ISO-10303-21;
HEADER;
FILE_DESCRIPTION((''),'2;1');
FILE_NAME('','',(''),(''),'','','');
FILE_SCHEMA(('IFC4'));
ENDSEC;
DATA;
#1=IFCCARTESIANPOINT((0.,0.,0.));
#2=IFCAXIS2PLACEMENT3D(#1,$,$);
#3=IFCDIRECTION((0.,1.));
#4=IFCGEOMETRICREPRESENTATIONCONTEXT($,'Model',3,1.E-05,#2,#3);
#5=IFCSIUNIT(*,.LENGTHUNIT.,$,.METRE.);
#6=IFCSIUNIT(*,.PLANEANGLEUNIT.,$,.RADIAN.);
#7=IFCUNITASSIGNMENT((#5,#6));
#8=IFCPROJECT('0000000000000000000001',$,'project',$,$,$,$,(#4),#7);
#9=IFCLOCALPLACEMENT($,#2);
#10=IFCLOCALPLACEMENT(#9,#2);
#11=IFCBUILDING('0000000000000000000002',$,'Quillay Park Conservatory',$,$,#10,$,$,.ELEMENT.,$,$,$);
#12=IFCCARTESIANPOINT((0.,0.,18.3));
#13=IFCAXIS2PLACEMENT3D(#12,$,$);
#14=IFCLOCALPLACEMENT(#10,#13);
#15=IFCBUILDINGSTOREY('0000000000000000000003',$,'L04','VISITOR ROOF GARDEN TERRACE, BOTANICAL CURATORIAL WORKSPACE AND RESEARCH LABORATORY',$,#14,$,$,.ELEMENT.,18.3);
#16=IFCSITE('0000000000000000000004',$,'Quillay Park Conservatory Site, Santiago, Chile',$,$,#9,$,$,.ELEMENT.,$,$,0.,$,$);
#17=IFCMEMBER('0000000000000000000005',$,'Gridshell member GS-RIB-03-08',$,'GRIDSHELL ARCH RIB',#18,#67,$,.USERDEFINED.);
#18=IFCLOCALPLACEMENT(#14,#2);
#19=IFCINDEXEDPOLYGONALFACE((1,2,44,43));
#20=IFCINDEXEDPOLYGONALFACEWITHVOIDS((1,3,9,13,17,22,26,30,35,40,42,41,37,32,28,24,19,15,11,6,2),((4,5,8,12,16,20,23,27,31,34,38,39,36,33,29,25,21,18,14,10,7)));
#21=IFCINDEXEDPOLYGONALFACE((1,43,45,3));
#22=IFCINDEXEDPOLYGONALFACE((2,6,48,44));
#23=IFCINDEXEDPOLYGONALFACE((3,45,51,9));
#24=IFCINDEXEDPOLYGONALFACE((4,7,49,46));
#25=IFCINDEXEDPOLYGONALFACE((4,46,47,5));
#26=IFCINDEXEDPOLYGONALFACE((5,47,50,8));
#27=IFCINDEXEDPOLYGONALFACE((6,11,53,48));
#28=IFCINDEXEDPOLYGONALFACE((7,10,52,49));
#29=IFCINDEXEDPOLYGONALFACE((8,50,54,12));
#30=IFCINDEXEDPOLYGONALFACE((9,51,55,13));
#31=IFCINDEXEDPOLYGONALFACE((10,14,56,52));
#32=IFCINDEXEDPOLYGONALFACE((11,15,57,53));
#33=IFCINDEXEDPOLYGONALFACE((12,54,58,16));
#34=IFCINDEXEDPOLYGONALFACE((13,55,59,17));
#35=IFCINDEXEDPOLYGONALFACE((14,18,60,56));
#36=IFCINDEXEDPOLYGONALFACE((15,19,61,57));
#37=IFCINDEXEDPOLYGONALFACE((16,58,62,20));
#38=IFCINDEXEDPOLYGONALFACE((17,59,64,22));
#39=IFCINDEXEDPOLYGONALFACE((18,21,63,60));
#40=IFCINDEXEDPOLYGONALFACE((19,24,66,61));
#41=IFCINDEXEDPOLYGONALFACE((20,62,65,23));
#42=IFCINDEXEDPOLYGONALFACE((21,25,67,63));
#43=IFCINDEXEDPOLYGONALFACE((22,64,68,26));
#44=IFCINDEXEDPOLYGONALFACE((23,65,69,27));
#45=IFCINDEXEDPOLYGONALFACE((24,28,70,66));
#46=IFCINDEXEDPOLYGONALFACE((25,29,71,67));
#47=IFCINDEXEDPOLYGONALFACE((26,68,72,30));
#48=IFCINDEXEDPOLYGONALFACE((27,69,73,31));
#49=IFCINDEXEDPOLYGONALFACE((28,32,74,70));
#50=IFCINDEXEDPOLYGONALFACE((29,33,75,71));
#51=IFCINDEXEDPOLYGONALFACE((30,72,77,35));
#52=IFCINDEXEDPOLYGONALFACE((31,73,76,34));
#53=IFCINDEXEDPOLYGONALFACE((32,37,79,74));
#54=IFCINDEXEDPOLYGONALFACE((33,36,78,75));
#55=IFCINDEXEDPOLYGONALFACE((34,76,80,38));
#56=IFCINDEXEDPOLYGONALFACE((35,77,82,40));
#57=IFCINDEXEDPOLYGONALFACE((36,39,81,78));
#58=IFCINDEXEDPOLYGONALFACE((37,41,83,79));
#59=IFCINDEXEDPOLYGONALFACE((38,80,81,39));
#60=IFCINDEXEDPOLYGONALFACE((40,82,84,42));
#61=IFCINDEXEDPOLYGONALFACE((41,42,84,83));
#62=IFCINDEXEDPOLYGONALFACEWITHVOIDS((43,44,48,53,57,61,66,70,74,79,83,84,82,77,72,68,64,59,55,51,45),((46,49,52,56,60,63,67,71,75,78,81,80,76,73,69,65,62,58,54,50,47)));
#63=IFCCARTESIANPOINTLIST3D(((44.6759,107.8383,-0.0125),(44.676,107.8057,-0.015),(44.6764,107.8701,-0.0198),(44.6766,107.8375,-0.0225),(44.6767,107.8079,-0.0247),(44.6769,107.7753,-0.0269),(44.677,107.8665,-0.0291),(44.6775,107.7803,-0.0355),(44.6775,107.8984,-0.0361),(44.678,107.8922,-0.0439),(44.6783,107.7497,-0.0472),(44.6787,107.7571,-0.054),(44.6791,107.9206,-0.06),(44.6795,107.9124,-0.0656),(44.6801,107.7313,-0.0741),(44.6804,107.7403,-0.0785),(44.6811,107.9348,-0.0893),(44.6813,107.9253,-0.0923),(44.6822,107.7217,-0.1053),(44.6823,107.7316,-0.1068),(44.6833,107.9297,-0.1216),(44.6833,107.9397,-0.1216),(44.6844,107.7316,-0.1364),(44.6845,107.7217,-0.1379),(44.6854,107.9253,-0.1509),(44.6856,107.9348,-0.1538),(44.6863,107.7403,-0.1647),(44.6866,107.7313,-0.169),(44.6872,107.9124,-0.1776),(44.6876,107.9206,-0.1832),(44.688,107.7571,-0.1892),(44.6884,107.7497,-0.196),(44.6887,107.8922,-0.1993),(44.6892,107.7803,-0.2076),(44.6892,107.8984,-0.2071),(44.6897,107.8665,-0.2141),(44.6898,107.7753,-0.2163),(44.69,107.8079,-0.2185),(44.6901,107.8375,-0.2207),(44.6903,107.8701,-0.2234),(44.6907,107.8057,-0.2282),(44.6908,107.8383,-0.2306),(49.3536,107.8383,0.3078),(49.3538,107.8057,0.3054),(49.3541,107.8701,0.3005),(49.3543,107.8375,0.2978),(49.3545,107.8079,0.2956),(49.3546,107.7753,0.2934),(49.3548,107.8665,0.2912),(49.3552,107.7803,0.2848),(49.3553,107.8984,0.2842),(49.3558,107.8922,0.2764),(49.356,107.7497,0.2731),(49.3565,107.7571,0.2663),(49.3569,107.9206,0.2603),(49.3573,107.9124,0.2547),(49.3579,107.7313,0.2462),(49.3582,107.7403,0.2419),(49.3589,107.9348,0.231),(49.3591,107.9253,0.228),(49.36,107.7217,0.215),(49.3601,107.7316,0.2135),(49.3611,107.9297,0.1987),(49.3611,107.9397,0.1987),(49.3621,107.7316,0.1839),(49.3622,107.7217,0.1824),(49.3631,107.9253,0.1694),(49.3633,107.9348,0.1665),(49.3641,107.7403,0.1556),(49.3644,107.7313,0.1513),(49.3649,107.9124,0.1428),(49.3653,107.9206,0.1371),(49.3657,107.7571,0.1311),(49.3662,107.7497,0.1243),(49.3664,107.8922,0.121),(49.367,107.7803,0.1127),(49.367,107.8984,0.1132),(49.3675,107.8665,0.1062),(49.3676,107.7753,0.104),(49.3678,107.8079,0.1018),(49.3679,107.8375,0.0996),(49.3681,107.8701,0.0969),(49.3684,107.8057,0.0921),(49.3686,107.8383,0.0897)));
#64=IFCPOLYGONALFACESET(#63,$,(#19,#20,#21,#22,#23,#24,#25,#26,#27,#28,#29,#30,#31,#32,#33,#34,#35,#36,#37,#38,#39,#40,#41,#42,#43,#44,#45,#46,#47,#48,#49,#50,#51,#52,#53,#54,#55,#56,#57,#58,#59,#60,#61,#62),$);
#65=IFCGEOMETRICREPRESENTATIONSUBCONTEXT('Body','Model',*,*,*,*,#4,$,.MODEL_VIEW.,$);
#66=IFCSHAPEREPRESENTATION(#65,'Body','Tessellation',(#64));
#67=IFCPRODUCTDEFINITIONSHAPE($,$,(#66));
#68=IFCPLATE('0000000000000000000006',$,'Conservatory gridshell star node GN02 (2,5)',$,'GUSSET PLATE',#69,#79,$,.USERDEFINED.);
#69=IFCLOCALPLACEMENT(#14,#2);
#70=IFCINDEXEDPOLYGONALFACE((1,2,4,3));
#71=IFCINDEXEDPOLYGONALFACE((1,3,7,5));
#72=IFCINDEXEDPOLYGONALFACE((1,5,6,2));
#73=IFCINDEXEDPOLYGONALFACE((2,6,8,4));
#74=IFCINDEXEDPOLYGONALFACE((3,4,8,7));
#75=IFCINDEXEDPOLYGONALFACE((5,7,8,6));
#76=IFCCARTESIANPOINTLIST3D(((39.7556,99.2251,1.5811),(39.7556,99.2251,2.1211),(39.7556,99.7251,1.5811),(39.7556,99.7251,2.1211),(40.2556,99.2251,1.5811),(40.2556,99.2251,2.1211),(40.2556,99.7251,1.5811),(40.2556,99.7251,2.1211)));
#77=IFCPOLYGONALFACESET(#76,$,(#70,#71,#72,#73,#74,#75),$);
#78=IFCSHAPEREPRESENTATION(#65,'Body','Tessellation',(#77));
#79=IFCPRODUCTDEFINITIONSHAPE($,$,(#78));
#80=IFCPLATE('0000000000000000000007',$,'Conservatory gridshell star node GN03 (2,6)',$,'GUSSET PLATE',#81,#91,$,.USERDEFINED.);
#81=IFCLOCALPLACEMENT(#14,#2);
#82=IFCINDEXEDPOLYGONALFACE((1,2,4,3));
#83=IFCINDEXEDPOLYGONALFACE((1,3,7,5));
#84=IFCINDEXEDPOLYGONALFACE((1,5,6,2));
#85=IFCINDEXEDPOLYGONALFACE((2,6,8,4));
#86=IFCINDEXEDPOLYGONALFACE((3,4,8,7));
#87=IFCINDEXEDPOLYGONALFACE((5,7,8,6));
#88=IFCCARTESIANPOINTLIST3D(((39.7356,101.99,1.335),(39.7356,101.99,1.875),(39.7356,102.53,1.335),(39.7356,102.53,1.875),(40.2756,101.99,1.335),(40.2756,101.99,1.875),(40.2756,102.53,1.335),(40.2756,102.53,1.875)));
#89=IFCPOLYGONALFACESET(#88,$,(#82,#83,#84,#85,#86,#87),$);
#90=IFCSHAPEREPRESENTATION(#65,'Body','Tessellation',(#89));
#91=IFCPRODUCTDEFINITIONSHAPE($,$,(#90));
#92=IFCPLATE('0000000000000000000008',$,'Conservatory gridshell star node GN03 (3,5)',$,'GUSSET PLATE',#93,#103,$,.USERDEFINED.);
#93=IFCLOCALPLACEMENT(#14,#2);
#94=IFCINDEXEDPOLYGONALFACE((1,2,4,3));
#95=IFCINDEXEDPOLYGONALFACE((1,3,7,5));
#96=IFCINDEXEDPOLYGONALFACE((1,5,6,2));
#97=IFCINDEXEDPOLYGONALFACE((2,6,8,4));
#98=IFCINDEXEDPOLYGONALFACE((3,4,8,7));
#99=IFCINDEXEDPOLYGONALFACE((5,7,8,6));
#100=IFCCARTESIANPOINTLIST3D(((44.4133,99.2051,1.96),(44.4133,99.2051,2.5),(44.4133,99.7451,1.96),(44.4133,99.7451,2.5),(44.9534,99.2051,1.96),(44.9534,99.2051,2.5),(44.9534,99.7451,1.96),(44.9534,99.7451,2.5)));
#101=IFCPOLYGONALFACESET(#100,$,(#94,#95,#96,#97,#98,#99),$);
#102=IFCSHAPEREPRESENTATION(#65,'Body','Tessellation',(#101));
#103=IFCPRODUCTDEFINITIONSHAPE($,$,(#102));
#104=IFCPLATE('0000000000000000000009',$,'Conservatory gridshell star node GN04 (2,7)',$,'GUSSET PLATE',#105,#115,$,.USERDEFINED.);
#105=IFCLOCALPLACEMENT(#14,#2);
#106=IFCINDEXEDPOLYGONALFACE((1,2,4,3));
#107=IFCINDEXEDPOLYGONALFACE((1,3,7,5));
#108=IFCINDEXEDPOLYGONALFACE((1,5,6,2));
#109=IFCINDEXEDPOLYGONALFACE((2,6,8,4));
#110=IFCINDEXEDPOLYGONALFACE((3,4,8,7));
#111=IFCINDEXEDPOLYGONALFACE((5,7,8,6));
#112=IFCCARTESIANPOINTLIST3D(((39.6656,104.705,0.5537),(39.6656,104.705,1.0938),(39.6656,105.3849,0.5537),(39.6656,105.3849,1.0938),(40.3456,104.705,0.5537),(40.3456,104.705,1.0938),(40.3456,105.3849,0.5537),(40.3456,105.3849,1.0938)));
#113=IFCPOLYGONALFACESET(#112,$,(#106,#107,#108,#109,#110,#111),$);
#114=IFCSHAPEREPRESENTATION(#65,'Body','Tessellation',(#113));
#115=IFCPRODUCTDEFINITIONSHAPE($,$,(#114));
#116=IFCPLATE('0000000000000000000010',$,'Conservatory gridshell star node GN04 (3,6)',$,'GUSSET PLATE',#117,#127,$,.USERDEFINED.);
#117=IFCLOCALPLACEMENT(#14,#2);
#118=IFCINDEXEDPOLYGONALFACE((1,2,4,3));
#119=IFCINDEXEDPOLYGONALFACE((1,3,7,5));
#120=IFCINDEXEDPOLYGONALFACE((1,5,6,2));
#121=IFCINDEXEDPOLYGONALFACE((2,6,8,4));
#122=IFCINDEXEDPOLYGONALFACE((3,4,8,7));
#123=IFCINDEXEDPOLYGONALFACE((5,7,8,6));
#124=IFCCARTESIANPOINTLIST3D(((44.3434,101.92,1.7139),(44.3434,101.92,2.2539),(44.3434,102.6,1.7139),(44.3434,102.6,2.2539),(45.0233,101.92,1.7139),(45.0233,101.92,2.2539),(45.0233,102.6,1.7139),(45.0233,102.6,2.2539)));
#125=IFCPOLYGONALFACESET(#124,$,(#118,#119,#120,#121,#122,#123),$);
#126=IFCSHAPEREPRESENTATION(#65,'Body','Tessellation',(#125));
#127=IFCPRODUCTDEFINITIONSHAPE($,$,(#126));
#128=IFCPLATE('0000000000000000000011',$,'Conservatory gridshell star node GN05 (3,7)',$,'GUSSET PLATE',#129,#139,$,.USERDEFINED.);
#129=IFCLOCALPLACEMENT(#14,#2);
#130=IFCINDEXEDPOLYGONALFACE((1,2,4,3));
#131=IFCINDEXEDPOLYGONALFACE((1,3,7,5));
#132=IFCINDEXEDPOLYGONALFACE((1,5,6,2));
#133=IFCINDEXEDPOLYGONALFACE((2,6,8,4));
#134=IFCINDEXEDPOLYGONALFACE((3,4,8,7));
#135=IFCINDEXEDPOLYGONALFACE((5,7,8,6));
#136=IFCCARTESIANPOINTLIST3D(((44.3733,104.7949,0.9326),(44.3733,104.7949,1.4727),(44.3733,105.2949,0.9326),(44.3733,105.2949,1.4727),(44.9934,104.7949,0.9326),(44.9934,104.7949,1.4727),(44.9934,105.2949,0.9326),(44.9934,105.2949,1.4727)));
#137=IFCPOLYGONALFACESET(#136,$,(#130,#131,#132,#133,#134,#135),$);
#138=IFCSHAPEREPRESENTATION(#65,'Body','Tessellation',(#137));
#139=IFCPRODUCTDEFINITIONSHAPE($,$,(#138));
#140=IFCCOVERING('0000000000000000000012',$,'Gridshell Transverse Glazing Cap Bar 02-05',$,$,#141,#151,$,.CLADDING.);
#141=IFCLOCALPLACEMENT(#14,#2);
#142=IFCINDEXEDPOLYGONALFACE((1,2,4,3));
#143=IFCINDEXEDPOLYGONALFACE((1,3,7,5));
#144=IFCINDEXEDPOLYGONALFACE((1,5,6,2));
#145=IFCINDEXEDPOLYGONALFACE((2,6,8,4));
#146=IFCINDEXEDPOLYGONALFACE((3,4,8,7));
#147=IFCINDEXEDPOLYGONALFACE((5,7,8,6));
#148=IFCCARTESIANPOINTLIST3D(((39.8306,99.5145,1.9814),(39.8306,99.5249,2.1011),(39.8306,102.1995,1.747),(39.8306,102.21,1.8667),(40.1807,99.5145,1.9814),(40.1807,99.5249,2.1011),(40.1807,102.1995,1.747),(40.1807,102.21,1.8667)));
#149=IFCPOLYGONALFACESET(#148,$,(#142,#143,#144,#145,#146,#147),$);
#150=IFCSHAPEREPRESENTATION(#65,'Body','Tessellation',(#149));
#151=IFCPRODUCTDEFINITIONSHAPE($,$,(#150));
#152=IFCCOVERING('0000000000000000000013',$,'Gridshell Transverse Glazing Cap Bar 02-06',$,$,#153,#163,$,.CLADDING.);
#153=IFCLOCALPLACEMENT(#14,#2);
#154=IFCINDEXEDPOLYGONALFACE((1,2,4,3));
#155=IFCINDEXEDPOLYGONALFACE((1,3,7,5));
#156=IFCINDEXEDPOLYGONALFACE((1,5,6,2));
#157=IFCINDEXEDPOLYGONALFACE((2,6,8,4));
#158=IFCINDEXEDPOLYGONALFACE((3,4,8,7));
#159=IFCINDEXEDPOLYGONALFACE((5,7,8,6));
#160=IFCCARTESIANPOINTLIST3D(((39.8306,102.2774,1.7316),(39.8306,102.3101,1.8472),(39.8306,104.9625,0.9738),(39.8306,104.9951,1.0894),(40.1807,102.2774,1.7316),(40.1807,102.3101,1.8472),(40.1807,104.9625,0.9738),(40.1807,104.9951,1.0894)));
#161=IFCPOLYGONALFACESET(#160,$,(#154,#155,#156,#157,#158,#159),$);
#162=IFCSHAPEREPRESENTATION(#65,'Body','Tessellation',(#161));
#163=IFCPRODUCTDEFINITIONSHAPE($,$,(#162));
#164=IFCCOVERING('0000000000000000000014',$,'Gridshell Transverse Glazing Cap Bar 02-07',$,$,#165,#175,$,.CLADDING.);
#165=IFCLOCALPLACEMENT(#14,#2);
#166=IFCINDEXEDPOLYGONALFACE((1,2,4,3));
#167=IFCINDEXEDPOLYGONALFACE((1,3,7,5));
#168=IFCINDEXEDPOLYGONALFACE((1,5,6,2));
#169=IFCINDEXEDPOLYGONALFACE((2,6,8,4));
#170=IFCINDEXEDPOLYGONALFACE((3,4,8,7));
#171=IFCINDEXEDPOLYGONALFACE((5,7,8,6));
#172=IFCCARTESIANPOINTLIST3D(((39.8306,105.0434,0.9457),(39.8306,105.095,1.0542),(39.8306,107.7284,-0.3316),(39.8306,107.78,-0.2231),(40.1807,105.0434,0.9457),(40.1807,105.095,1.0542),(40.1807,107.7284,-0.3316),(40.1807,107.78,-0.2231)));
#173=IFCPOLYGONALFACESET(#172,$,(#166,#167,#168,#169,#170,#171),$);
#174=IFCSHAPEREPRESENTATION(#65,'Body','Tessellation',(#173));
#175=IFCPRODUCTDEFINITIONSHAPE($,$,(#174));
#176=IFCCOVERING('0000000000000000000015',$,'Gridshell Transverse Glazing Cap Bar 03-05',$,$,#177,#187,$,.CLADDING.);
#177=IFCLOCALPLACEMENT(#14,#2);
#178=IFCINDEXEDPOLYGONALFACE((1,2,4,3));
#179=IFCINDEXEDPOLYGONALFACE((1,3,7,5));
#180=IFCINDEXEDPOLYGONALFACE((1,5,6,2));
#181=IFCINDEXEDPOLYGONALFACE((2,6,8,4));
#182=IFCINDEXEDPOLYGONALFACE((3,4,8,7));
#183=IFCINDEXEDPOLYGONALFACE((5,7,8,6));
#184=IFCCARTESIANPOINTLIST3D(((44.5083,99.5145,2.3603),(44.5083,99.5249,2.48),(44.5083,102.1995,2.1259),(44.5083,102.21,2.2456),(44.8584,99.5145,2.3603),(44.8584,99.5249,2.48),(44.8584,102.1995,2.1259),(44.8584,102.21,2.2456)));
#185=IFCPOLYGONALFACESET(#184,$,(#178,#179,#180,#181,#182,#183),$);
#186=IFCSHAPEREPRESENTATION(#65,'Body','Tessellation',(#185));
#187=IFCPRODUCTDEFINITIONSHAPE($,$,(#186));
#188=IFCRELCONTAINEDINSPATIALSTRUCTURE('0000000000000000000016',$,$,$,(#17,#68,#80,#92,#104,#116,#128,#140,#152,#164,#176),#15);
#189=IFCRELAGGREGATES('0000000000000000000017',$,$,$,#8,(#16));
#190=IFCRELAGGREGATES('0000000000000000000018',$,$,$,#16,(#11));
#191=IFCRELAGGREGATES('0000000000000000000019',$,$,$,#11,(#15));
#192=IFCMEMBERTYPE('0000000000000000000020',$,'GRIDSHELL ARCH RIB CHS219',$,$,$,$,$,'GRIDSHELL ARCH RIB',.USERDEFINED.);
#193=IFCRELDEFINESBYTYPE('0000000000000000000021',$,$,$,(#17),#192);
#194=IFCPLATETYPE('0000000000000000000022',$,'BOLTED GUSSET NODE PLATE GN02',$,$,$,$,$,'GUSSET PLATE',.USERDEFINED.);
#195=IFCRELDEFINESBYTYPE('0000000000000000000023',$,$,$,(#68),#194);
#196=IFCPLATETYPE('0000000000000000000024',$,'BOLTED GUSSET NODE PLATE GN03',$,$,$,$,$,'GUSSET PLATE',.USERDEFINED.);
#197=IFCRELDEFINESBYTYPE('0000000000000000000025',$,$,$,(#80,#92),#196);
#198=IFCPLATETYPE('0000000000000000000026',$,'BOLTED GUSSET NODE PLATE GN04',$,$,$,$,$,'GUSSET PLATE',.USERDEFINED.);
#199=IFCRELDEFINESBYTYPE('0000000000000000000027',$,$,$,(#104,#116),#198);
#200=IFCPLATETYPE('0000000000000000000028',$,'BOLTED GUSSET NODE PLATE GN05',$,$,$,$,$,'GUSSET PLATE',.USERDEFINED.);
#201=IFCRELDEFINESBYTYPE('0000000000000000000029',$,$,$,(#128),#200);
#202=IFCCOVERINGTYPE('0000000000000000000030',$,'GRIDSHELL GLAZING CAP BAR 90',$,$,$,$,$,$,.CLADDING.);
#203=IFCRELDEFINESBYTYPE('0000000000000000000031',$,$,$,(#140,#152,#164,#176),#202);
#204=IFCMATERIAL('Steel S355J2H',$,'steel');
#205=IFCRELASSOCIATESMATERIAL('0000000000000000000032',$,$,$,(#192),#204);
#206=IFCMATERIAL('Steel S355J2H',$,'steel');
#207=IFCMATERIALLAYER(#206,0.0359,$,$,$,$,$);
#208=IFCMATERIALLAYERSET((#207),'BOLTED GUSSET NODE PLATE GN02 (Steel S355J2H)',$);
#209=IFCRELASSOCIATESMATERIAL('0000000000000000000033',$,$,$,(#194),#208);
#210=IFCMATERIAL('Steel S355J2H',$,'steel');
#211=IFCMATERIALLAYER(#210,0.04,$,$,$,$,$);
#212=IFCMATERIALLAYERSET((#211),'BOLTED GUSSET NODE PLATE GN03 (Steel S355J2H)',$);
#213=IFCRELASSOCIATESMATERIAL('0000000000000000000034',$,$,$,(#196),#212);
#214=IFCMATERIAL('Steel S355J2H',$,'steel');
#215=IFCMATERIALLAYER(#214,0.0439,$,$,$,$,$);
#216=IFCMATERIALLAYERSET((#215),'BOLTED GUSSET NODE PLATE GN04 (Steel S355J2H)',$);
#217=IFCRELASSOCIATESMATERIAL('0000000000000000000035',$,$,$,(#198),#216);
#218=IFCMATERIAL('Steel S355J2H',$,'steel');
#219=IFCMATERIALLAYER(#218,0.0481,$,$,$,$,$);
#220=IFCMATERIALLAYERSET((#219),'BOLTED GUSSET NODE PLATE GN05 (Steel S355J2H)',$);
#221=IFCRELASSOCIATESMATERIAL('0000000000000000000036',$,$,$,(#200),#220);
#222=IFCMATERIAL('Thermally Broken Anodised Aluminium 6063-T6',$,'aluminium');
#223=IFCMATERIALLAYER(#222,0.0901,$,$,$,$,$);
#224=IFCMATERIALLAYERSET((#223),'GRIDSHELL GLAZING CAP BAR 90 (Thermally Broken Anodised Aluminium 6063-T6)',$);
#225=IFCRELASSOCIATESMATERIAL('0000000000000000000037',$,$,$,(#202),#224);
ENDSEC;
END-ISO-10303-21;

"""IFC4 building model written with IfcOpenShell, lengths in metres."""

from ifc_helpers import new_model, si_unit, direction, frame, origin, origin_2d, place, context, subcontext, project, spatial, polyline, rectangle, hollow_circle, outline, extrude, material, layer, layer_set, material_profile, profile_set, type_object, element, save


model = new_model("IFC4")

# Units and contexts
model_context = context("Model", 3, precision=1e-05, world=origin(), true_north=direction((0.0, 1.0)))
body_context = subcontext(model_context, "Body", "Model", "MODEL_VIEW")
ifc_project = project(units=[si_unit("LENGTHUNIT", "METRE"), si_unit("PLANEANGLEUNIT", "RADIAN")], contexts=[model_context])

# Site, building, storey
site_placement = place(None, origin())
site = spatial("IfcSite", under=ifc_project, at=site_placement, Name="Quillay Park Conservatory Site, Santiago, Chile", CompositionType="ELEMENT", RefElevation=0.0)
building_placement = place(site_placement, origin())
building = spatial("IfcBuilding", under=site, at=building_placement, Name="Quillay Park Conservatory", CompositionType="ELEMENT")
storey_placement = place(building_placement, frame((0.0, 0.0, 18.3)))
storey = spatial("IfcBuildingStorey", under=building, at=storey_placement, Name="L04", Description="VISITOR ROOF GARDEN TERRACE, BOTANICAL CURATORIAL WORKSPACE AND RESEARCH LABORATORY", CompositionType="ELEMENT", Elevation=18.3)

# Member
ifc_material_1 = material(Name="Steel S355J2H", Category="steel")
ifc_material_profile_1 = material_profile(ifc_material_1, hollow_circle(Radius=0.1096, WallThickness=0.01, at=origin_2d()), Name="CHS219.1x10")
ifc_profile_set_1 = profile_set([ifc_material_profile_1], Name="Steel S355J2H")
member_type = type_object("IfcMemberType", Name="GRIDSHELL ARCH RIB CHS219", ElementType="GRIDSHELL ARCH RIB", PredefinedType="USERDEFINED", material=ifc_profile_set_1)
for number, where, z_axis, x_axis, name in (
    (1, (44.6833, 107.8301, -0.1216), (0.997664, 0.0, 0.068316), (0.0, 1.0, 0.0), "Gridshell member GS-RIB-03-08"),
):
    element("IfcMember", number, at=place(storey_placement, frame(where, z_axis=z_axis, x_axis=x_axis)), inside=storey, type_object=member_type, Name=name, ObjectType="GRIDSHELL ARCH RIB", PredefinedType="USERDEFINED", context=body_context, shape_type="SweptSolid", body=[
        extrude(hollow_circle(Radius=0.1096, WallThickness=0.01, at=origin_2d()), origin(), (0.0, 0.0, 1.0), 4.6887),
    ])

# Plates
ifc_material_2 = material(Name="Steel S355J2H", Category="steel")
ifc_layer_1 = layer(ifc_material_2, 0.0359)
ifc_layer_set_1 = layer_set([ifc_layer_1], Name="BOLTED GUSSET NODE PLATE GN02 (Steel S355J2H)")
plate_type_1 = type_object("IfcPlateType", Name="BOLTED GUSSET NODE PLATE GN02", ElementType="GUSSET PLATE", PredefinedType="USERDEFINED", material=ifc_layer_set_1)
plate_1_placement = place(storey_placement, frame((40.0056, 99.4751, 1.5811), z_axis=(0.0, 0.0, 1.0), x_axis=(1.0, 0.0, 0.0)))
element("IfcPlate", 2, at=plate_1_placement, inside=storey, type_object=plate_type_1, Name="Conservatory gridshell star node GN02 (2,5)", ObjectType="GUSSET PLATE", PredefinedType="USERDEFINED", context=body_context, shape_type="SweptSolid", body=[
    extrude(rectangle(XDim=0.5, YDim=0.5, at=origin_2d()), origin(), (0.0, 0.0, 1.0), 0.54),
])
ifc_material_3 = material(Name="Steel S355J2H", Category="steel")
ifc_layer_2 = layer(ifc_material_3, 0.04)
ifc_layer_set_2 = layer_set([ifc_layer_2], Name="BOLTED GUSSET NODE PLATE GN03 (Steel S355J2H)")
plate_type_2 = type_object("IfcPlateType", Name="BOLTED GUSSET NODE PLATE GN03", ElementType="GUSSET PLATE", PredefinedType="USERDEFINED", material=ifc_layer_set_2)
for number, where, z_axis, x_axis, name in (
    (3, (40.0056, 102.26, 1.335), (0.0, 0.0, 1.0), (1.0, 0.0, 0.0), "Conservatory gridshell star node GN03 (2,6)"),
    (4, (44.6833, 99.4751, 1.96), (0.0, 0.0, 1.0), (1.0, 0.0, 0.0), "Conservatory gridshell star node GN03 (3,5)"),
):
    element("IfcPlate", number, at=place(storey_placement, frame(where, z_axis=z_axis, x_axis=x_axis)), inside=storey, type_object=plate_type_2, Name=name, ObjectType="GUSSET PLATE", PredefinedType="USERDEFINED", context=body_context, shape_type="SweptSolid", body=[
        extrude(rectangle(XDim=0.54, YDim=0.54, at=origin_2d()), origin(), (0.0, 0.0, 1.0), 0.54),
    ])
ifc_material_4 = material(Name="Steel S355J2H", Category="steel")
ifc_layer_3 = layer(ifc_material_4, 0.0439)
ifc_layer_set_3 = layer_set([ifc_layer_3], Name="BOLTED GUSSET NODE PLATE GN04 (Steel S355J2H)")
plate_type_3 = type_object("IfcPlateType", Name="BOLTED GUSSET NODE PLATE GN04", ElementType="GUSSET PLATE", PredefinedType="USERDEFINED", material=ifc_layer_set_3)
for number, where, z_axis, x_axis, name in (
    (5, (40.0056, 105.0449, 0.5537), (0.0, 0.0, 1.0), (1.0, 0.0, 0.0), "Conservatory gridshell star node GN04 (2,7)"),
    (6, (44.6833, 102.26, 1.7139), (0.0, 0.0, 1.0), (1.0, 0.0, 0.0), "Conservatory gridshell star node GN04 (3,6)"),
):
    element("IfcPlate", number, at=place(storey_placement, frame(where, z_axis=z_axis, x_axis=x_axis)), inside=storey, type_object=plate_type_3, Name=name, ObjectType="GUSSET PLATE", PredefinedType="USERDEFINED", context=body_context, shape_type="SweptSolid", body=[
        extrude(rectangle(XDim=0.6799, YDim=0.6799, at=origin_2d()), origin(), (0.0, 0.0, 1.0), 0.54),
    ])
ifc_material_5 = material(Name="Steel S355J2H", Category="steel")
ifc_layer_4 = layer(ifc_material_5, 0.0481)
ifc_layer_set_4 = layer_set([ifc_layer_4], Name="BOLTED GUSSET NODE PLATE GN05 (Steel S355J2H)")
plate_type_4 = type_object("IfcPlateType", Name="BOLTED GUSSET NODE PLATE GN05", ElementType="GUSSET PLATE", PredefinedType="USERDEFINED", material=ifc_layer_set_4)
plate_2_placement = place(storey_placement, frame((44.6833, 105.0449, 0.9326), z_axis=(0.0, 0.0, 1.0), x_axis=(1.0, 0.0, 0.0)))
element("IfcPlate", 7, at=plate_2_placement, inside=storey, type_object=plate_type_4, Name="Conservatory gridshell star node GN05 (3,7)", ObjectType="GUSSET PLATE", PredefinedType="USERDEFINED", context=body_context, shape_type="SweptSolid", body=[
    extrude(rectangle(XDim=0.6201, YDim=0.5, at=origin_2d()), origin(), (0.0, 0.0, 1.0), 0.54),
])

# Coverings
ifc_material_6 = material(Name="Thermally Broken Anodised Aluminium 6063-T6", Category="aluminium")
ifc_layer_5 = layer(ifc_material_6, 0.0901)
ifc_layer_set_5 = layer_set([ifc_layer_5], Name="GRIDSHELL GLAZING CAP BAR 90 (Thermally Broken Anodised Aluminium 6063-T6)")
covering_type = type_object("IfcCoveringType", Name="GRIDSHELL GLAZING CAP BAR 90", PredefinedType="CLADDING", material=ifc_layer_set_5)
covering_1_placement = place(storey_placement, frame((39.8306, 99.5249, 2.1011), z_axis=(0.0, 0.086958, 0.996212), x_axis=(1.0, 0.0, 0.0)))
element("IfcCovering", 8, at=covering_1_placement, inside=storey, type_object=covering_type, Name="Gridshell Transverse Glazing Cap Bar 02-05", PredefinedType="CLADDING", context=body_context, shape_type="SweptSolid", body=[
    extrude(outline(polyline([(0.0, 0.0), (0.3501, 0.0), (0.3501, 2.6953), (0.0, 2.6953), (0.0, 0.0)])), origin(), (0.0, 0.0, -1.0), 0.1201),
])
covering_2_placement = place(storey_placement, frame((39.8306, 102.3101, 1.8472), z_axis=(0.0, 0.271622, 0.962404), x_axis=(1.0, 0.0, 0.0)))
element("IfcCovering", 9, at=covering_2_placement, inside=storey, type_object=covering_type, Name="Gridshell Transverse Glazing Cap Bar 02-06", PredefinedType="CLADDING", context=body_context, shape_type="SweptSolid", body=[
    extrude(outline(polyline([(0.0, 0.0), (0.3501, 0.0), (0.3501, 2.7899), (0.0, 2.7899), (0.0, 0.0)])), origin(), (0.0, 0.0, -1.0), 0.1201),
])
covering_3_placement = place(storey_placement, frame((39.8306, 105.095, 1.0542), z_axis=(0.0, 0.429589, 0.903024), x_axis=(1.0, 0.0, 0.0)))
element("IfcCovering", 10, at=covering_3_placement, inside=storey, type_object=covering_type, Name="Gridshell Transverse Glazing Cap Bar 02-07", PredefinedType="CLADDING", context=body_context, shape_type="SweptSolid", body=[
    extrude(outline(polyline([(0.0, 0.0), (0.3501, 0.0), (0.3501, 2.9734), (0.0, 2.9734), (0.0, 0.0)])), origin(), (0.0, 0.0, -1.0), 0.1201),
])
covering_4_placement = place(storey_placement, frame((44.5083, 99.5249, 2.48), z_axis=(0.0, 0.086958, 0.996212), x_axis=(1.0, 0.0, 0.0)))
element("IfcCovering", 11, at=covering_4_placement, inside=storey, type_object=covering_type, Name="Gridshell Transverse Glazing Cap Bar 03-05", PredefinedType="CLADDING", context=body_context, shape_type="SweptSolid", body=[
    extrude(outline(polyline([(0.0, 0.0), (0.3501, 0.0), (0.3501, 2.6953), (0.0, 2.6953), (0.0, 0.0)])), origin(), (0.0, 0.0, -1.0), 0.1201),
])

save(model, "model.ifc")
